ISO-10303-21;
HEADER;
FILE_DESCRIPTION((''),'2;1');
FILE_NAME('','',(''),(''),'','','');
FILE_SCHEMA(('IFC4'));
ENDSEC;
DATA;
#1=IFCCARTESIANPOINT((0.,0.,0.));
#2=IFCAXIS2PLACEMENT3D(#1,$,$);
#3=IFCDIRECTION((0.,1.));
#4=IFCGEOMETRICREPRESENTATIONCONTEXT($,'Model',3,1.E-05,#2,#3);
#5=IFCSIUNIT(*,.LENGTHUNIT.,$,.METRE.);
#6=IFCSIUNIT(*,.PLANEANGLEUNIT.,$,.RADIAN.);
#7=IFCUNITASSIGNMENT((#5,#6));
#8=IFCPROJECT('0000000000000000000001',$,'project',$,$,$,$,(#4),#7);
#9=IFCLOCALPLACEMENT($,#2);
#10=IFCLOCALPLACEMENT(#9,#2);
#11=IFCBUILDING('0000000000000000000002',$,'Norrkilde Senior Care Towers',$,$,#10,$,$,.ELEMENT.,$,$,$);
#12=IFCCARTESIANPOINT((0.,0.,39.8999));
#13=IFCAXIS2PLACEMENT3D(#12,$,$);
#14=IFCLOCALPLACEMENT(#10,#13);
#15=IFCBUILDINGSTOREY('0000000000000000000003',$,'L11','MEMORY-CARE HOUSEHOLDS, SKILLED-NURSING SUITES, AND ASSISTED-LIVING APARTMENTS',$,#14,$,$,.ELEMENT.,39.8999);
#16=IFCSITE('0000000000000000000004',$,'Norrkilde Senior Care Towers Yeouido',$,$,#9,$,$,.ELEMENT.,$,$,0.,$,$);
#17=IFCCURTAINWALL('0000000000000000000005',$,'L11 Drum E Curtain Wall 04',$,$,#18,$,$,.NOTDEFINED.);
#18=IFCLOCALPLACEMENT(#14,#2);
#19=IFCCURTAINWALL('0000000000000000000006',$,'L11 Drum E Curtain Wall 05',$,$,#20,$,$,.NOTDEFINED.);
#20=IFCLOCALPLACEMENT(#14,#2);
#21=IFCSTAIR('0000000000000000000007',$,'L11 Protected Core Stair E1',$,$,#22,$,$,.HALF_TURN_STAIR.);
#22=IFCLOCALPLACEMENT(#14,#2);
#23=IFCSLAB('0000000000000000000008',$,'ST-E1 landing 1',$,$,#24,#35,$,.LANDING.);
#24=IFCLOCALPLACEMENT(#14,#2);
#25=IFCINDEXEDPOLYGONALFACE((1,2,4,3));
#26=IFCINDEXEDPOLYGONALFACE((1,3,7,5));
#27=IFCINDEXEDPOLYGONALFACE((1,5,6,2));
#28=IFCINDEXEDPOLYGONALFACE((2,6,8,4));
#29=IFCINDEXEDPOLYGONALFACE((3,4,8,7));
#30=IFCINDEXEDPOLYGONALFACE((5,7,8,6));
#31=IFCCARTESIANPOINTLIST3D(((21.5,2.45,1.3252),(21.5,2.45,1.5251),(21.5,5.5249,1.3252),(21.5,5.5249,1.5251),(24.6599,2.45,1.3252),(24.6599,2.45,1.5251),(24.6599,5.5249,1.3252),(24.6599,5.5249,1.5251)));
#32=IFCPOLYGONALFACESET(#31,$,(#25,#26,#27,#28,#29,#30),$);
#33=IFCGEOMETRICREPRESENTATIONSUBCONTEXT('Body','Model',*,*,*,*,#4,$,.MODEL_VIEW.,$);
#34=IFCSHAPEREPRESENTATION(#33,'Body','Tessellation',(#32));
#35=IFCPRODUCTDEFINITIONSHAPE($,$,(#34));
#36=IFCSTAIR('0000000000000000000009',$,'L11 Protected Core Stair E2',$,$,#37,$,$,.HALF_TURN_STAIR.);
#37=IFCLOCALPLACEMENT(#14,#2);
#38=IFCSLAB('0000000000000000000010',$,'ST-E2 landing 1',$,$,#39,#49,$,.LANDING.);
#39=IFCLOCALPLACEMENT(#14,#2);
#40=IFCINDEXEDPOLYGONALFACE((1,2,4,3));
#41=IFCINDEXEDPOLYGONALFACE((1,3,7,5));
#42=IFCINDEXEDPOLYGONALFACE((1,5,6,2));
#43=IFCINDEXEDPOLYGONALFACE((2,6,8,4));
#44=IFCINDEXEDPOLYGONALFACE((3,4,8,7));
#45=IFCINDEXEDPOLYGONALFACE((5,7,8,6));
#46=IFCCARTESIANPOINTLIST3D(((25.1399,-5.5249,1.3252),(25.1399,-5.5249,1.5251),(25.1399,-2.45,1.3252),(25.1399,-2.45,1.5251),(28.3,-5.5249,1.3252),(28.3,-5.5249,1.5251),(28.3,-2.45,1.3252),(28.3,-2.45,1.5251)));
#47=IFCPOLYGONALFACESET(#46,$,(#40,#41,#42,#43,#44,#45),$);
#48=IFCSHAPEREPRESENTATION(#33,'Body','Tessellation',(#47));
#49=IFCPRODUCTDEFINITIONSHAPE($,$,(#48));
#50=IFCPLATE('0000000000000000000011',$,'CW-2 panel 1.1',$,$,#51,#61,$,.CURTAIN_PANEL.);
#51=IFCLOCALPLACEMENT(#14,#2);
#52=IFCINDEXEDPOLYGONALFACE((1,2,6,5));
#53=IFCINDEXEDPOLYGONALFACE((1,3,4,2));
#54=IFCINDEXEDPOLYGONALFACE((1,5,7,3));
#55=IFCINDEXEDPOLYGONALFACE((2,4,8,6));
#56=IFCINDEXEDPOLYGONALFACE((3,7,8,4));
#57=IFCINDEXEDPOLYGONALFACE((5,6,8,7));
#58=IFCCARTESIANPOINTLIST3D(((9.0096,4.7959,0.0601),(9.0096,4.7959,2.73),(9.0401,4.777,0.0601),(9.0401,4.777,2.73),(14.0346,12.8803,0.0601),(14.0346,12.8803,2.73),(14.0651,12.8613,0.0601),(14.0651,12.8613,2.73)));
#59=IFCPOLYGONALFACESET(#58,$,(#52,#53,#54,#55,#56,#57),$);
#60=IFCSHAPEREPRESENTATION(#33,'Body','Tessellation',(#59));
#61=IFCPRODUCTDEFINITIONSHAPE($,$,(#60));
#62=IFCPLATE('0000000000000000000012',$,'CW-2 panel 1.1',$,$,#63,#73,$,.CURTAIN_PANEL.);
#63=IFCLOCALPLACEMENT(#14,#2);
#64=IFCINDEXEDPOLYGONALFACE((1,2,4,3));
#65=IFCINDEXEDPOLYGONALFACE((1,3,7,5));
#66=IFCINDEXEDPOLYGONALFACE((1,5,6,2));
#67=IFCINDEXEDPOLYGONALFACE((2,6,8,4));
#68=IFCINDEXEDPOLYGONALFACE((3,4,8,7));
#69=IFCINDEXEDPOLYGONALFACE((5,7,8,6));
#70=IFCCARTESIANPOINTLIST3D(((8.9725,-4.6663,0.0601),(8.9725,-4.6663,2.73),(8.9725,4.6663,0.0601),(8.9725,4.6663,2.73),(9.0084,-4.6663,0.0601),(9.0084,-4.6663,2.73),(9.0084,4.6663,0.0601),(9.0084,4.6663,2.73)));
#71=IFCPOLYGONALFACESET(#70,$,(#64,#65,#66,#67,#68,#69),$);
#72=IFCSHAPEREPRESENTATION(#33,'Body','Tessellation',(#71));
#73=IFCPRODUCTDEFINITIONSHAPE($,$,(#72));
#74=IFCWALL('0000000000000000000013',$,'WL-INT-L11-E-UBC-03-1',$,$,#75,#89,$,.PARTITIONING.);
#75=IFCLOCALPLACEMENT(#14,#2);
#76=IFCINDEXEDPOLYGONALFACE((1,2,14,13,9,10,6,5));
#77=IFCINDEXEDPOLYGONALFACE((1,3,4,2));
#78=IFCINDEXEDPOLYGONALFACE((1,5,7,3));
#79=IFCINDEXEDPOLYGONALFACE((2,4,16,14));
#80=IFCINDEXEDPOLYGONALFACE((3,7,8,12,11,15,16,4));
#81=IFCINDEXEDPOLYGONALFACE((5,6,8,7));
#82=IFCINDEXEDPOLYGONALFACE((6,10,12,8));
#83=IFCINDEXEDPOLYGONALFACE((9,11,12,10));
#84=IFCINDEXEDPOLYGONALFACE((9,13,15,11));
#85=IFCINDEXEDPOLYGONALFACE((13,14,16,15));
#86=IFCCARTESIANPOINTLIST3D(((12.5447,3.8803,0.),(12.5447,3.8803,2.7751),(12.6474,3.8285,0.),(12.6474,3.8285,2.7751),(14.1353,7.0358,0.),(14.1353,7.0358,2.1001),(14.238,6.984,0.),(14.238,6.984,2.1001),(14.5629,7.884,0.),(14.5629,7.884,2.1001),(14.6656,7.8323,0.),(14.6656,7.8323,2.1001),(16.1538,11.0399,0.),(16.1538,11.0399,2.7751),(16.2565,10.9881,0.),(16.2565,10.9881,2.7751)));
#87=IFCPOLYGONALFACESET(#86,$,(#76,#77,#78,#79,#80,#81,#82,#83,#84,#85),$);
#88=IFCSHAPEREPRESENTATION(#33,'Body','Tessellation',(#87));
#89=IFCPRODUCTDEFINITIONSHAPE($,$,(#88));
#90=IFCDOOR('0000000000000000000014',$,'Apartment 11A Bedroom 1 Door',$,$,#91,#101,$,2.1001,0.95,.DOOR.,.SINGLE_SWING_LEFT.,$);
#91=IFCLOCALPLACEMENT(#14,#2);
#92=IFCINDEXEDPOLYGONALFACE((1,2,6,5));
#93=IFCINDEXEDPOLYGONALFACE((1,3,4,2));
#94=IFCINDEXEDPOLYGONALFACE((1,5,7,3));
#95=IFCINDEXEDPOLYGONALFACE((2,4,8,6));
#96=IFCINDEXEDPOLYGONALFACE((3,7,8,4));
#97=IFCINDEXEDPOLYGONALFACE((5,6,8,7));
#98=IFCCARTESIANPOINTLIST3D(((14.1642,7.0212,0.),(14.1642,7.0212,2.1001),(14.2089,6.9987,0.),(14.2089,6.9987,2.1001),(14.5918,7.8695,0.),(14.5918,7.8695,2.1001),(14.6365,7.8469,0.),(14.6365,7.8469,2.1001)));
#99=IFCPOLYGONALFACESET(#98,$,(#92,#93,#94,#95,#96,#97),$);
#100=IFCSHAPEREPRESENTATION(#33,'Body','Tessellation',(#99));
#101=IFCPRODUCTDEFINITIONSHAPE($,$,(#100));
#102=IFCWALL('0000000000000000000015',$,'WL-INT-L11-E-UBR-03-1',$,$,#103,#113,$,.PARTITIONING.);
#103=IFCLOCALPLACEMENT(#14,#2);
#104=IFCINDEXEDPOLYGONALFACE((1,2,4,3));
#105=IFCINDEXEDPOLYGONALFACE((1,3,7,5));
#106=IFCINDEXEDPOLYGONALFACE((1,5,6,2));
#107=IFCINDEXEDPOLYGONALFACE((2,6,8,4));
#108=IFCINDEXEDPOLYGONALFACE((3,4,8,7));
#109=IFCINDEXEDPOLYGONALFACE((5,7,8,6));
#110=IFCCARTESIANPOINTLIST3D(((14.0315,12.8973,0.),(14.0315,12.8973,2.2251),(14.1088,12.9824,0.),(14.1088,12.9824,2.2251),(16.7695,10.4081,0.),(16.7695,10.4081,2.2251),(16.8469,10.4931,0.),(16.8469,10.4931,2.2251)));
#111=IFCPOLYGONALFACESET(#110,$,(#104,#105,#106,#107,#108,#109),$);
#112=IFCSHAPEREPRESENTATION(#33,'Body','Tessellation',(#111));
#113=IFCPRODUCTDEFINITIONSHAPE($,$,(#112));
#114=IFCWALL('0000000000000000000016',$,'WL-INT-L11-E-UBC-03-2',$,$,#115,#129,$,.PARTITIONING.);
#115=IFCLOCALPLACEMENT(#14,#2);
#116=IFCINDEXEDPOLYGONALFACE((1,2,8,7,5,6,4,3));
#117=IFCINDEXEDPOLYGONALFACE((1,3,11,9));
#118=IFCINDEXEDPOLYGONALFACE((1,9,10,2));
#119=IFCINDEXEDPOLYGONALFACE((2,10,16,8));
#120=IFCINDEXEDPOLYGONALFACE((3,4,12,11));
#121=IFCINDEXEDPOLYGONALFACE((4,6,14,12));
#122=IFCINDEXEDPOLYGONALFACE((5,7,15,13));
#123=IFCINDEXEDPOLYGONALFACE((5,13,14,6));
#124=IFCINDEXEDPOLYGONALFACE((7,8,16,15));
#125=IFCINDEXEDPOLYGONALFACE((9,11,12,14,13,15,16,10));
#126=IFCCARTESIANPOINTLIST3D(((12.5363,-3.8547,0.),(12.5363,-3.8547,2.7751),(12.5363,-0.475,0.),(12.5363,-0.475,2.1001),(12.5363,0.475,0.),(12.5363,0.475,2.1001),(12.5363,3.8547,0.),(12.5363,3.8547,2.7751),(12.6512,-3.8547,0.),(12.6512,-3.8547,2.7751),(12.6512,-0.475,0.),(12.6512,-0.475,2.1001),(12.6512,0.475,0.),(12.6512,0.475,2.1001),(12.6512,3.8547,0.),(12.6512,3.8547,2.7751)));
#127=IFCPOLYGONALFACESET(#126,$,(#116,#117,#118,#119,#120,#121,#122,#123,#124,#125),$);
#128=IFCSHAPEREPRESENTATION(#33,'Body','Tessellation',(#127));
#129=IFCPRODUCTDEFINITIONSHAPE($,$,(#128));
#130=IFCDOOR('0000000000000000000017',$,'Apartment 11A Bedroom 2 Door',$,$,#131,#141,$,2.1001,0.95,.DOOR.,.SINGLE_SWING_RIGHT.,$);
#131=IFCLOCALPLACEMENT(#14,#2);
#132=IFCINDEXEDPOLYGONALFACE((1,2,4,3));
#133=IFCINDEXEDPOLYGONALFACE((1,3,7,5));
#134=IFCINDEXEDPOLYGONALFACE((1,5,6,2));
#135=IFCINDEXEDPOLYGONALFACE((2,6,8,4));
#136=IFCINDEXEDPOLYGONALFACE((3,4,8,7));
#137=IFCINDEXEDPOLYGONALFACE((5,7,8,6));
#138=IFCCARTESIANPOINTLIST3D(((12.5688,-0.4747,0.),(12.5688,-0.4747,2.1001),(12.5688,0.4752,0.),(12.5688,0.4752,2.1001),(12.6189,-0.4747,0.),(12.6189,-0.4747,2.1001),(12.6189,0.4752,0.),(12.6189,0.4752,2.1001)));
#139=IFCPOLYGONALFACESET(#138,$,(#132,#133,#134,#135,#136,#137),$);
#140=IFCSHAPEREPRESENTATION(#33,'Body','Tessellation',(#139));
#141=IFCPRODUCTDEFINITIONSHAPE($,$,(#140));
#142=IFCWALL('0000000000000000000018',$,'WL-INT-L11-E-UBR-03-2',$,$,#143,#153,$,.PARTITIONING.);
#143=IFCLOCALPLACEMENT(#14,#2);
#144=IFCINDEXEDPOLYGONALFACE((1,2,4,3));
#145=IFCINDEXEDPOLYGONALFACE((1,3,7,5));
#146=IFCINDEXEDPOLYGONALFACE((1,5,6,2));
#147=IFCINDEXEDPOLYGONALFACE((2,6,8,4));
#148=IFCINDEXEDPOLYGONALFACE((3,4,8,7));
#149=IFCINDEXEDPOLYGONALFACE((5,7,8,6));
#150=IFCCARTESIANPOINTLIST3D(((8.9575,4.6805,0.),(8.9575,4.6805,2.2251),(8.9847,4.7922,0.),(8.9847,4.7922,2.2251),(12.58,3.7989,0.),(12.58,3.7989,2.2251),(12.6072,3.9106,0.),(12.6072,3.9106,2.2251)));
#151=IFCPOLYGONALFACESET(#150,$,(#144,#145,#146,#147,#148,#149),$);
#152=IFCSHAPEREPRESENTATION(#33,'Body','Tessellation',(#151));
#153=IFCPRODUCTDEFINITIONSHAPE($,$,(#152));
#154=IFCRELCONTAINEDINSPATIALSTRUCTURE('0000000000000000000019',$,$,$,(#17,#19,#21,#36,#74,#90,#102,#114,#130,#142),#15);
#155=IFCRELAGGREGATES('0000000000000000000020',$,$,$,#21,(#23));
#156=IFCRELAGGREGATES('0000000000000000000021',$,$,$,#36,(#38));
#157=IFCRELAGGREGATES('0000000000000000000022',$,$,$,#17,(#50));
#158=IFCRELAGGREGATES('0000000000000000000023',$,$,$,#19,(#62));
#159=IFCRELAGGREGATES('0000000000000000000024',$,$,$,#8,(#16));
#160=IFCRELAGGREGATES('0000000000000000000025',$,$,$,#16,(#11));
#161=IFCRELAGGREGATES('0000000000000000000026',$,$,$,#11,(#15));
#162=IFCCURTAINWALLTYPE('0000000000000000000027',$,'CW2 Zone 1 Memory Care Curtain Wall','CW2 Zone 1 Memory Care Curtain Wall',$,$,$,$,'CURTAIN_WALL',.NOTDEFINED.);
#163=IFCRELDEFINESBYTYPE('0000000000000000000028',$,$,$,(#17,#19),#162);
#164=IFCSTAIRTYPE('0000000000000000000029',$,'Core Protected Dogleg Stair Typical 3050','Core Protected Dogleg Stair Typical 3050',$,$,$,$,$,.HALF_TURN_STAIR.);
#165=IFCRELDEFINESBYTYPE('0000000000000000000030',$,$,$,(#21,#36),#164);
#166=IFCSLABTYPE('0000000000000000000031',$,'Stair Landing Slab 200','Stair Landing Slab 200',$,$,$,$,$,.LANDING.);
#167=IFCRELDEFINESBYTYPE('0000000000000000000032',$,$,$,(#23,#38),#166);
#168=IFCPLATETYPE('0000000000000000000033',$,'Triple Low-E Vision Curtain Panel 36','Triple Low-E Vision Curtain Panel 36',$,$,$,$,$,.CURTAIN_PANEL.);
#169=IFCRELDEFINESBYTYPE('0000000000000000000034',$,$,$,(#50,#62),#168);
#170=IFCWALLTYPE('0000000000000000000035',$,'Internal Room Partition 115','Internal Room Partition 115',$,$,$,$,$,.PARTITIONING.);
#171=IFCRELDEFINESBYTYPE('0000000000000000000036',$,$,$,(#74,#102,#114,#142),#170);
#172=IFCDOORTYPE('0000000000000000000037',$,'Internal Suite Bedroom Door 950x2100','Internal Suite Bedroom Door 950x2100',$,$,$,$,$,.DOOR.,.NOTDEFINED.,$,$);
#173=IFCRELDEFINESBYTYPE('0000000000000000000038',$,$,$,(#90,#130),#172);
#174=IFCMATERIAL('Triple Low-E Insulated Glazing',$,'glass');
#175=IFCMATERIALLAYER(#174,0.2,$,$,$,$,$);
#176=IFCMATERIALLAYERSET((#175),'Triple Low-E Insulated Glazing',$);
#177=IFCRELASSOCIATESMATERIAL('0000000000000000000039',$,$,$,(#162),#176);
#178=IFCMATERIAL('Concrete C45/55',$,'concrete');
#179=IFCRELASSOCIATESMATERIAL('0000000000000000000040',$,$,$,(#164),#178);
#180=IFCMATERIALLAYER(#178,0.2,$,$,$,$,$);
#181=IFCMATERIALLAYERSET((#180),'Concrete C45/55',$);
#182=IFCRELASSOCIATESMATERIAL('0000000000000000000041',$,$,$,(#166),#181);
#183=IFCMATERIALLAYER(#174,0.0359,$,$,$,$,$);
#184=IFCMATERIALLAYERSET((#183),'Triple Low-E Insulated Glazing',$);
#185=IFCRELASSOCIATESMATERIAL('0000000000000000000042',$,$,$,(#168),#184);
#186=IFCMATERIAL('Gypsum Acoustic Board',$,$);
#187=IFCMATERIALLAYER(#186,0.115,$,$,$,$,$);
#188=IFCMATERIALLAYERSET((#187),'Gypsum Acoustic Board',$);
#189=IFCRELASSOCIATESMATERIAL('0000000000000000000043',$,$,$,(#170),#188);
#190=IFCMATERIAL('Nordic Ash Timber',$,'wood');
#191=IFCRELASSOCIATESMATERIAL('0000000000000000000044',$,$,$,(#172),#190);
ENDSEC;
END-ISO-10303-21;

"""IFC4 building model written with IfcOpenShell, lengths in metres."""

from ifc_helpers import new_model, si_unit, direction, frame, frame_2d, origin, origin_2d, place, context, subcontext, project, spatial, polyline, rectangle, outline, extrude, source, transform, mapped, material, layer, layer_set, type_object, type_shapes, element, fill, aggregate, save


model = new_model("IFC4")

# Units and contexts
model_context = context("Model", 3, precision=1e-05, world=origin(), true_north=direction((0.0, 1.0)))
body_context = subcontext(model_context, "Body", "Model", "MODEL_VIEW")
ifc_project = project(units=[si_unit("LENGTHUNIT", "METRE"), si_unit("PLANEANGLEUNIT", "RADIAN")], contexts=[model_context])

# Site, building, storey
site_placement = place(None, origin())
site = spatial("IfcSite", under=ifc_project, at=site_placement, Name="Norrkilde Senior Care Towers Yeouido", CompositionType="ELEMENT", RefElevation=0.0)
building_placement = place(site_placement, origin())
building = spatial("IfcBuilding", under=site, at=building_placement, Name="Norrkilde Senior Care Towers", CompositionType="ELEMENT")
storey_placement = place(building_placement, frame((0.0, 0.0, 39.8999)))
storey = spatial("IfcBuildingStorey", under=building, at=storey_placement, Name="L11", Description="MEMORY-CARE HOUSEHOLDS, SKILLED-NURSING SUITES, AND ASSISTED-LIVING APARTMENTS", CompositionType="ELEMENT", Elevation=39.8999)

# Shared definitions
ifc_material_1 = material(Name="Triple Low-E Insulated Glazing", Category="glass")
ifc_layer_1 = layer(ifc_material_1, 0.2)
ifc_layer_set_1 = layer_set([ifc_layer_1], Name="Triple Low-E Insulated Glazing")
curtain_wall_type = type_object("IfcCurtainWallType", Name="CW2 Zone 1 Memory Care Curtain Wall", Description="CW2 Zone 1 Memory Care Curtain Wall", ElementType="CURTAIN_WALL", PredefinedType="NOTDEFINED", material=ifc_layer_set_1)

# Curtain wall
curtain_wall_1_placement = place(storey_placement, origin())
curtain_wall_1 = element("IfcCurtainWall", 1, at=curtain_wall_1_placement, inside=storey, type_object=curtain_wall_type, Name="L11 Drum E Curtain Wall 04", PredefinedType="NOTDEFINED")

# Curtain wall
curtain_wall_2_placement = place(storey_placement, origin())
curtain_wall_2 = element("IfcCurtainWall", 2, at=curtain_wall_2_placement, inside=storey, type_object=curtain_wall_type, Name="L11 Drum E Curtain Wall 05", PredefinedType="NOTDEFINED")

# Stairs, slabs
ifc_material_2 = material(Name="Concrete C45/55", Category="concrete")
stair_type = type_object("IfcStairType", Name="Core Protected Dogleg Stair Typical 3050", Description="Core Protected Dogleg Stair Typical 3050", PredefinedType="HALF_TURN_STAIR", material=ifc_material_2)
ifc_layer_2 = layer(ifc_material_2, 0.2)
ifc_layer_set_2 = layer_set([ifc_layer_2], Name="Concrete C45/55")
slab_type_1 = type_object("IfcSlabType", Name="Stair Landing Slab 200", Description="Stair Landing Slab 200", PredefinedType="LANDING", material=ifc_layer_set_2)
stair_1_placement = place(storey_placement, origin())
stair_1 = element("IfcStair", 3, at=stair_1_placement, inside=storey, type_object=stair_type, Name="L11 Protected Core Stair E1", PredefinedType="HALF_TURN_STAIR")
slab_1_placement = place(storey_placement, frame((0.0, 0.0, 1.3252)))
slab_1 = element("IfcSlab", 4, at=slab_1_placement, type_object=slab_type_1, Name="ST-E1 landing 1", PredefinedType="LANDING", context=body_context, shape_type="SweptSolid", body=[
    extrude(outline(polyline([(24.6599, 5.5249), (21.5, 5.5249), (21.5, 2.45), (24.6599, 2.45), (24.6599, 5.5249)])), origin(), (0.0, 0.0, 1.0), 0.2),
])
aggregate(stair_1, [slab_1])
stair_2_placement = place(storey_placement, origin())
stair_2 = element("IfcStair", 5, at=stair_2_placement, inside=storey, type_object=stair_type, Name="L11 Protected Core Stair E2", PredefinedType="HALF_TURN_STAIR")
slab_2_placement = place(storey_placement, frame((0.0, 0.0, 1.3252)))
slab_2 = element("IfcSlab", 6, at=slab_2_placement, type_object=slab_type_1, Name="ST-E2 landing 1", PredefinedType="LANDING", context=body_context, shape_type="SweptSolid", body=[
    extrude(outline(polyline([(25.1399, -5.5249), (28.3, -5.5249), (28.3, -2.45), (25.1399, -2.45), (25.1399, -5.5249)])), origin(), (0.0, 0.0, 1.0), 0.2),
])
aggregate(stair_2, [slab_2])

# Plates
ifc_layer_3 = layer(ifc_material_1, 0.0359)
ifc_layer_set_3 = layer_set([ifc_layer_3], Name="Triple Low-E Insulated Glazing")
plate_type = type_object("IfcPlateType", Name="Triple Low-E Vision Curtain Panel 36", Description="Triple Low-E Vision Curtain Panel 36", PredefinedType="CURTAIN_PANEL", material=ifc_layer_set_3)
shared_shape_1 = source(origin(), body_context, "Body", "SweptSolid", [
    extrude(rectangle(XDim=9.5188, YDim=0.0359, at=origin_2d()), origin(), (0.0, 0.0, 1.0), 2.6699),
])
plate_1_placement = place(storey_placement, frame((11.5374, 8.8286, 0.0601), z_axis=(0.0, 0.0, 1.0), x_axis=(0.527901, 0.849306, 0.0)))
plate_1 = element("IfcPlate", 7, at=plate_1_placement, type_object=plate_type, Name="CW-2 panel 1.1", PredefinedType="CURTAIN_PANEL", context=body_context, shape_type="MappedRepresentation", body=[
    mapped(shared_shape_1, transform((0.0, 0.0, 0.0), x_axis=(1.0, 0.0, 0.0), y_axis=(0.0, 1.0, 0.0), z_axis=(0.0, 0.0, 1.0), scale=1.0)),
])
aggregate(curtain_wall_1, [plate_1])
shared_shape_2 = source(origin(), body_context, "Body", "SweptSolid", [
    extrude(rectangle(XDim=9.3325, YDim=0.0359, at=origin_2d()), origin(), (0.0, 0.0, 1.0), 2.6699),
])
type_shapes(plate_type, [shared_shape_1, shared_shape_2])
plate_2_placement = place(storey_placement, frame((8.9905, 0.0, 0.0601), z_axis=(0.0, 0.0, 1.0), x_axis=(0.0, 1.0, 0.0)))
plate_2 = element("IfcPlate", 8, at=plate_2_placement, type_object=plate_type, Name="CW-2 panel 1.1", PredefinedType="CURTAIN_PANEL", context=body_context, shape_type="MappedRepresentation", body=[
    mapped(shared_shape_2, transform((0.0, 0.0, 0.0), x_axis=(1.0, 0.0, 0.0), y_axis=(0.0, 1.0, 0.0), z_axis=(0.0, 0.0, 1.0), scale=1.0)),
])
aggregate(curtain_wall_2, [plate_2])

# Wall, opening, door
ifc_material_3 = material(Name="Gypsum Acoustic Board")
ifc_layer_4 = layer(ifc_material_3, 0.115)
ifc_layer_set_4 = layer_set([ifc_layer_4], Name="Gypsum Acoustic Board")
wall_type = type_object("IfcWallType", Name="Internal Room Partition 115", Description="Internal Room Partition 115", PredefinedType="PARTITIONING", material=ifc_layer_set_4)
shared_shape_3 = source(origin(), body_context, "Body", "SweptSolid", [
    extrude(rectangle(XDim=8.0178, YDim=0.115, at=frame_2d((4.0088, 0.0))), origin(), (0.0, 0.0, 1.0), 2.7751),
])
wall_1_placement = place(storey_placement, frame((16.2051, 11.0139, 0.0), z_axis=(0.0, 0.0, 1.0), x_axis=(-0.450134, -0.892961, 0.0)))
wall_1 = element("IfcWall", 9, at=wall_1_placement, inside=storey, type_object=wall_type, Name="WL-INT-L11-E-UBC-03-1", PredefinedType="PARTITIONING", context=body_context, shape_type="MappedRepresentation", body=[
    mapped(shared_shape_3, transform((0.0, 0.0, 0.0), x_axis=(1.0, 0.0, 0.0), y_axis=(0.0, 1.0, 0.0), z_axis=(0.0, 0.0, 1.0), scale=1.0)),
])
opening_1_placement = place(wall_1_placement, frame((3.5339, 0.0, 0.0)))
opening_1 = element("IfcOpeningElement", 10, at=opening_1_placement, cuts=wall_1, PredefinedType="OPENING", context=body_context, shape_type="SweptSolid", body=[
    extrude(rectangle(XDim=0.95, YDim=2.1001, at=frame_2d((0.4751, 1.05))), frame((0.0, 0.0674, 0.0), z_axis=(0.0, -1.0, 0.0), x_axis=(1.0, 0.0, 0.0)), (0.0, 0.0, 1.0), 0.135),
])
ifc_material_4 = material(Name="Nordic Ash Timber", Category="wood")
door_type = type_object("IfcDoorType", Name="Internal Suite Bedroom Door 950x2100", Description="Internal Suite Bedroom Door 950x2100", OperationType="NOTDEFINED", PredefinedType="DOOR", material=ifc_material_4)
shared_shape_4 = source(origin(), body_context, "Body", "SweptSolid", [
    extrude(rectangle(XDim=0.95, YDim=2.1001, at=frame_2d((0.4751, 1.05))), frame((0.0, 0.0249, 0.0), z_axis=(0.0, -1.0, 0.0), x_axis=(1.0, 0.0, 0.0)), (0.0, 0.0, 1.0), 0.05),
])
type_shapes(door_type, [shared_shape_4])
door_1_placement = place(opening_1_placement, origin())
door_1 = element("IfcDoor", 11, at=door_1_placement, inside=storey, type_object=door_type, Name="Apartment 11A Bedroom 1 Door", OperationType="SINGLE_SWING_LEFT", OverallHeight=2.1001, OverallWidth=0.95, PredefinedType="DOOR", context=body_context, shape_type="MappedRepresentation", body=[
    mapped(shared_shape_4, transform((0.0, 0.0, 0.0), x_axis=(1.0, 0.0, 0.0), y_axis=(0.0, 1.0, 0.0), z_axis=(0.0, 0.0, 1.0), scale=1.0)),
])
fill(opening_1, door_1)

# Wall
shared_shape_5 = source(origin(), body_context, "Body", "SweptSolid", [
    extrude(rectangle(XDim=3.7004, YDim=0.115, at=frame_2d((1.8501, 0.0))), origin(), (0.0, 0.0, 1.0), 2.2251),
])
wall_2_placement = place(storey_placement, frame((16.8081, 10.4507, 0.0), z_axis=(0.0, 0.0, 1.0), x_axis=(-0.739922, 0.672692, 0.0)))
element("IfcWall", 12, at=wall_2_placement, inside=storey, type_object=wall_type, Name="WL-INT-L11-E-UBR-03-1", PredefinedType="PARTITIONING", context=body_context, shape_type="MappedRepresentation", body=[
    mapped(shared_shape_5, transform((0.0, 0.0, 0.0), x_axis=(1.0, 0.0, 0.0), y_axis=(0.0, 1.0, 0.0), z_axis=(0.0, 0.0, 1.0), scale=1.0)),
])

# Wall, opening, door
shared_shape_6 = source(origin(), body_context, "Body", "SweptSolid", [
    extrude(rectangle(XDim=7.7095, YDim=0.115, at=frame_2d((3.8547, 0.0))), origin(), (0.0, 0.0, 1.0), 2.7751),
])
wall_3_placement = place(storey_placement, frame((12.5938, 3.8547, 0.0), z_axis=(0.0, 0.0, 1.0), x_axis=(0.0, -1.0, 0.0)))
wall_3 = element("IfcWall", 13, at=wall_3_placement, inside=storey, type_object=wall_type, Name="WL-INT-L11-E-UBC-03-2", PredefinedType="PARTITIONING", context=body_context, shape_type="MappedRepresentation", body=[
    mapped(shared_shape_6, transform((0.0, 0.0, 0.0), x_axis=(1.0, 0.0, 0.0), y_axis=(0.0, 1.0, 0.0), z_axis=(0.0, 0.0, 1.0), scale=1.0)),
])
opening_2_placement = place(wall_3_placement, frame((3.3796, 0.0, 0.0)))
opening_2 = element("IfcOpeningElement", 14, at=opening_2_placement, cuts=wall_3, PredefinedType="OPENING", context=body_context, shape_type="SweptSolid", body=[
    extrude(rectangle(XDim=0.95, YDim=2.1001, at=frame_2d((0.4751, 1.05))), frame((0.0, 0.0674, 0.0), z_axis=(0.0, -1.0, 0.0), x_axis=(1.0, 0.0, 0.0)), (0.0, 0.0, 1.0), 0.135),
])
door_2_placement = place(opening_2_placement, frame((0.95, 0.0, 0.0), z_axis=(0.0, 0.0, 1.0), x_axis=(-1.0, 0.0, 0.0)))
door_2 = element("IfcDoor", 15, at=door_2_placement, inside=storey, type_object=door_type, Name="Apartment 11A Bedroom 2 Door", OperationType="SINGLE_SWING_RIGHT", OverallHeight=2.1001, OverallWidth=0.95, PredefinedType="DOOR", context=body_context, shape_type="MappedRepresentation", body=[
    mapped(shared_shape_4, transform((0.0, 0.0, 0.0), x_axis=(1.0, 0.0, 0.0), y_axis=(0.0, 1.0, 0.0), z_axis=(0.0, 0.0, 1.0), scale=1.0)),
])
fill(opening_2, door_2)

# Wall
shared_shape_7 = source(origin(), body_context, "Body", "SweptSolid", [
    extrude(rectangle(XDim=3.7283, YDim=0.115, at=frame_2d((1.8643, 0.0))), origin(), (0.0, 0.0, 1.0), 2.2251),
])
type_shapes(wall_type, [shared_shape_3, shared_shape_5, shared_shape_6, shared_shape_7])
wall_4_placement = place(storey_placement, frame((12.5938, 3.8547, 0.0), z_axis=(0.0, 0.0, 1.0), x_axis=(-0.971641, 0.23646, 0.0)))
element("IfcWall", 16, at=wall_4_placement, inside=storey, type_object=wall_type, Name="WL-INT-L11-E-UBR-03-2", PredefinedType="PARTITIONING", context=body_context, shape_type="MappedRepresentation", body=[
    mapped(shared_shape_7, transform((0.0, 0.0, 0.0), x_axis=(1.0, 0.0, 0.0), y_axis=(0.0, 1.0, 0.0), z_axis=(0.0, 0.0, 1.0), scale=1.0)),
])

save(model, "model.ifc")
